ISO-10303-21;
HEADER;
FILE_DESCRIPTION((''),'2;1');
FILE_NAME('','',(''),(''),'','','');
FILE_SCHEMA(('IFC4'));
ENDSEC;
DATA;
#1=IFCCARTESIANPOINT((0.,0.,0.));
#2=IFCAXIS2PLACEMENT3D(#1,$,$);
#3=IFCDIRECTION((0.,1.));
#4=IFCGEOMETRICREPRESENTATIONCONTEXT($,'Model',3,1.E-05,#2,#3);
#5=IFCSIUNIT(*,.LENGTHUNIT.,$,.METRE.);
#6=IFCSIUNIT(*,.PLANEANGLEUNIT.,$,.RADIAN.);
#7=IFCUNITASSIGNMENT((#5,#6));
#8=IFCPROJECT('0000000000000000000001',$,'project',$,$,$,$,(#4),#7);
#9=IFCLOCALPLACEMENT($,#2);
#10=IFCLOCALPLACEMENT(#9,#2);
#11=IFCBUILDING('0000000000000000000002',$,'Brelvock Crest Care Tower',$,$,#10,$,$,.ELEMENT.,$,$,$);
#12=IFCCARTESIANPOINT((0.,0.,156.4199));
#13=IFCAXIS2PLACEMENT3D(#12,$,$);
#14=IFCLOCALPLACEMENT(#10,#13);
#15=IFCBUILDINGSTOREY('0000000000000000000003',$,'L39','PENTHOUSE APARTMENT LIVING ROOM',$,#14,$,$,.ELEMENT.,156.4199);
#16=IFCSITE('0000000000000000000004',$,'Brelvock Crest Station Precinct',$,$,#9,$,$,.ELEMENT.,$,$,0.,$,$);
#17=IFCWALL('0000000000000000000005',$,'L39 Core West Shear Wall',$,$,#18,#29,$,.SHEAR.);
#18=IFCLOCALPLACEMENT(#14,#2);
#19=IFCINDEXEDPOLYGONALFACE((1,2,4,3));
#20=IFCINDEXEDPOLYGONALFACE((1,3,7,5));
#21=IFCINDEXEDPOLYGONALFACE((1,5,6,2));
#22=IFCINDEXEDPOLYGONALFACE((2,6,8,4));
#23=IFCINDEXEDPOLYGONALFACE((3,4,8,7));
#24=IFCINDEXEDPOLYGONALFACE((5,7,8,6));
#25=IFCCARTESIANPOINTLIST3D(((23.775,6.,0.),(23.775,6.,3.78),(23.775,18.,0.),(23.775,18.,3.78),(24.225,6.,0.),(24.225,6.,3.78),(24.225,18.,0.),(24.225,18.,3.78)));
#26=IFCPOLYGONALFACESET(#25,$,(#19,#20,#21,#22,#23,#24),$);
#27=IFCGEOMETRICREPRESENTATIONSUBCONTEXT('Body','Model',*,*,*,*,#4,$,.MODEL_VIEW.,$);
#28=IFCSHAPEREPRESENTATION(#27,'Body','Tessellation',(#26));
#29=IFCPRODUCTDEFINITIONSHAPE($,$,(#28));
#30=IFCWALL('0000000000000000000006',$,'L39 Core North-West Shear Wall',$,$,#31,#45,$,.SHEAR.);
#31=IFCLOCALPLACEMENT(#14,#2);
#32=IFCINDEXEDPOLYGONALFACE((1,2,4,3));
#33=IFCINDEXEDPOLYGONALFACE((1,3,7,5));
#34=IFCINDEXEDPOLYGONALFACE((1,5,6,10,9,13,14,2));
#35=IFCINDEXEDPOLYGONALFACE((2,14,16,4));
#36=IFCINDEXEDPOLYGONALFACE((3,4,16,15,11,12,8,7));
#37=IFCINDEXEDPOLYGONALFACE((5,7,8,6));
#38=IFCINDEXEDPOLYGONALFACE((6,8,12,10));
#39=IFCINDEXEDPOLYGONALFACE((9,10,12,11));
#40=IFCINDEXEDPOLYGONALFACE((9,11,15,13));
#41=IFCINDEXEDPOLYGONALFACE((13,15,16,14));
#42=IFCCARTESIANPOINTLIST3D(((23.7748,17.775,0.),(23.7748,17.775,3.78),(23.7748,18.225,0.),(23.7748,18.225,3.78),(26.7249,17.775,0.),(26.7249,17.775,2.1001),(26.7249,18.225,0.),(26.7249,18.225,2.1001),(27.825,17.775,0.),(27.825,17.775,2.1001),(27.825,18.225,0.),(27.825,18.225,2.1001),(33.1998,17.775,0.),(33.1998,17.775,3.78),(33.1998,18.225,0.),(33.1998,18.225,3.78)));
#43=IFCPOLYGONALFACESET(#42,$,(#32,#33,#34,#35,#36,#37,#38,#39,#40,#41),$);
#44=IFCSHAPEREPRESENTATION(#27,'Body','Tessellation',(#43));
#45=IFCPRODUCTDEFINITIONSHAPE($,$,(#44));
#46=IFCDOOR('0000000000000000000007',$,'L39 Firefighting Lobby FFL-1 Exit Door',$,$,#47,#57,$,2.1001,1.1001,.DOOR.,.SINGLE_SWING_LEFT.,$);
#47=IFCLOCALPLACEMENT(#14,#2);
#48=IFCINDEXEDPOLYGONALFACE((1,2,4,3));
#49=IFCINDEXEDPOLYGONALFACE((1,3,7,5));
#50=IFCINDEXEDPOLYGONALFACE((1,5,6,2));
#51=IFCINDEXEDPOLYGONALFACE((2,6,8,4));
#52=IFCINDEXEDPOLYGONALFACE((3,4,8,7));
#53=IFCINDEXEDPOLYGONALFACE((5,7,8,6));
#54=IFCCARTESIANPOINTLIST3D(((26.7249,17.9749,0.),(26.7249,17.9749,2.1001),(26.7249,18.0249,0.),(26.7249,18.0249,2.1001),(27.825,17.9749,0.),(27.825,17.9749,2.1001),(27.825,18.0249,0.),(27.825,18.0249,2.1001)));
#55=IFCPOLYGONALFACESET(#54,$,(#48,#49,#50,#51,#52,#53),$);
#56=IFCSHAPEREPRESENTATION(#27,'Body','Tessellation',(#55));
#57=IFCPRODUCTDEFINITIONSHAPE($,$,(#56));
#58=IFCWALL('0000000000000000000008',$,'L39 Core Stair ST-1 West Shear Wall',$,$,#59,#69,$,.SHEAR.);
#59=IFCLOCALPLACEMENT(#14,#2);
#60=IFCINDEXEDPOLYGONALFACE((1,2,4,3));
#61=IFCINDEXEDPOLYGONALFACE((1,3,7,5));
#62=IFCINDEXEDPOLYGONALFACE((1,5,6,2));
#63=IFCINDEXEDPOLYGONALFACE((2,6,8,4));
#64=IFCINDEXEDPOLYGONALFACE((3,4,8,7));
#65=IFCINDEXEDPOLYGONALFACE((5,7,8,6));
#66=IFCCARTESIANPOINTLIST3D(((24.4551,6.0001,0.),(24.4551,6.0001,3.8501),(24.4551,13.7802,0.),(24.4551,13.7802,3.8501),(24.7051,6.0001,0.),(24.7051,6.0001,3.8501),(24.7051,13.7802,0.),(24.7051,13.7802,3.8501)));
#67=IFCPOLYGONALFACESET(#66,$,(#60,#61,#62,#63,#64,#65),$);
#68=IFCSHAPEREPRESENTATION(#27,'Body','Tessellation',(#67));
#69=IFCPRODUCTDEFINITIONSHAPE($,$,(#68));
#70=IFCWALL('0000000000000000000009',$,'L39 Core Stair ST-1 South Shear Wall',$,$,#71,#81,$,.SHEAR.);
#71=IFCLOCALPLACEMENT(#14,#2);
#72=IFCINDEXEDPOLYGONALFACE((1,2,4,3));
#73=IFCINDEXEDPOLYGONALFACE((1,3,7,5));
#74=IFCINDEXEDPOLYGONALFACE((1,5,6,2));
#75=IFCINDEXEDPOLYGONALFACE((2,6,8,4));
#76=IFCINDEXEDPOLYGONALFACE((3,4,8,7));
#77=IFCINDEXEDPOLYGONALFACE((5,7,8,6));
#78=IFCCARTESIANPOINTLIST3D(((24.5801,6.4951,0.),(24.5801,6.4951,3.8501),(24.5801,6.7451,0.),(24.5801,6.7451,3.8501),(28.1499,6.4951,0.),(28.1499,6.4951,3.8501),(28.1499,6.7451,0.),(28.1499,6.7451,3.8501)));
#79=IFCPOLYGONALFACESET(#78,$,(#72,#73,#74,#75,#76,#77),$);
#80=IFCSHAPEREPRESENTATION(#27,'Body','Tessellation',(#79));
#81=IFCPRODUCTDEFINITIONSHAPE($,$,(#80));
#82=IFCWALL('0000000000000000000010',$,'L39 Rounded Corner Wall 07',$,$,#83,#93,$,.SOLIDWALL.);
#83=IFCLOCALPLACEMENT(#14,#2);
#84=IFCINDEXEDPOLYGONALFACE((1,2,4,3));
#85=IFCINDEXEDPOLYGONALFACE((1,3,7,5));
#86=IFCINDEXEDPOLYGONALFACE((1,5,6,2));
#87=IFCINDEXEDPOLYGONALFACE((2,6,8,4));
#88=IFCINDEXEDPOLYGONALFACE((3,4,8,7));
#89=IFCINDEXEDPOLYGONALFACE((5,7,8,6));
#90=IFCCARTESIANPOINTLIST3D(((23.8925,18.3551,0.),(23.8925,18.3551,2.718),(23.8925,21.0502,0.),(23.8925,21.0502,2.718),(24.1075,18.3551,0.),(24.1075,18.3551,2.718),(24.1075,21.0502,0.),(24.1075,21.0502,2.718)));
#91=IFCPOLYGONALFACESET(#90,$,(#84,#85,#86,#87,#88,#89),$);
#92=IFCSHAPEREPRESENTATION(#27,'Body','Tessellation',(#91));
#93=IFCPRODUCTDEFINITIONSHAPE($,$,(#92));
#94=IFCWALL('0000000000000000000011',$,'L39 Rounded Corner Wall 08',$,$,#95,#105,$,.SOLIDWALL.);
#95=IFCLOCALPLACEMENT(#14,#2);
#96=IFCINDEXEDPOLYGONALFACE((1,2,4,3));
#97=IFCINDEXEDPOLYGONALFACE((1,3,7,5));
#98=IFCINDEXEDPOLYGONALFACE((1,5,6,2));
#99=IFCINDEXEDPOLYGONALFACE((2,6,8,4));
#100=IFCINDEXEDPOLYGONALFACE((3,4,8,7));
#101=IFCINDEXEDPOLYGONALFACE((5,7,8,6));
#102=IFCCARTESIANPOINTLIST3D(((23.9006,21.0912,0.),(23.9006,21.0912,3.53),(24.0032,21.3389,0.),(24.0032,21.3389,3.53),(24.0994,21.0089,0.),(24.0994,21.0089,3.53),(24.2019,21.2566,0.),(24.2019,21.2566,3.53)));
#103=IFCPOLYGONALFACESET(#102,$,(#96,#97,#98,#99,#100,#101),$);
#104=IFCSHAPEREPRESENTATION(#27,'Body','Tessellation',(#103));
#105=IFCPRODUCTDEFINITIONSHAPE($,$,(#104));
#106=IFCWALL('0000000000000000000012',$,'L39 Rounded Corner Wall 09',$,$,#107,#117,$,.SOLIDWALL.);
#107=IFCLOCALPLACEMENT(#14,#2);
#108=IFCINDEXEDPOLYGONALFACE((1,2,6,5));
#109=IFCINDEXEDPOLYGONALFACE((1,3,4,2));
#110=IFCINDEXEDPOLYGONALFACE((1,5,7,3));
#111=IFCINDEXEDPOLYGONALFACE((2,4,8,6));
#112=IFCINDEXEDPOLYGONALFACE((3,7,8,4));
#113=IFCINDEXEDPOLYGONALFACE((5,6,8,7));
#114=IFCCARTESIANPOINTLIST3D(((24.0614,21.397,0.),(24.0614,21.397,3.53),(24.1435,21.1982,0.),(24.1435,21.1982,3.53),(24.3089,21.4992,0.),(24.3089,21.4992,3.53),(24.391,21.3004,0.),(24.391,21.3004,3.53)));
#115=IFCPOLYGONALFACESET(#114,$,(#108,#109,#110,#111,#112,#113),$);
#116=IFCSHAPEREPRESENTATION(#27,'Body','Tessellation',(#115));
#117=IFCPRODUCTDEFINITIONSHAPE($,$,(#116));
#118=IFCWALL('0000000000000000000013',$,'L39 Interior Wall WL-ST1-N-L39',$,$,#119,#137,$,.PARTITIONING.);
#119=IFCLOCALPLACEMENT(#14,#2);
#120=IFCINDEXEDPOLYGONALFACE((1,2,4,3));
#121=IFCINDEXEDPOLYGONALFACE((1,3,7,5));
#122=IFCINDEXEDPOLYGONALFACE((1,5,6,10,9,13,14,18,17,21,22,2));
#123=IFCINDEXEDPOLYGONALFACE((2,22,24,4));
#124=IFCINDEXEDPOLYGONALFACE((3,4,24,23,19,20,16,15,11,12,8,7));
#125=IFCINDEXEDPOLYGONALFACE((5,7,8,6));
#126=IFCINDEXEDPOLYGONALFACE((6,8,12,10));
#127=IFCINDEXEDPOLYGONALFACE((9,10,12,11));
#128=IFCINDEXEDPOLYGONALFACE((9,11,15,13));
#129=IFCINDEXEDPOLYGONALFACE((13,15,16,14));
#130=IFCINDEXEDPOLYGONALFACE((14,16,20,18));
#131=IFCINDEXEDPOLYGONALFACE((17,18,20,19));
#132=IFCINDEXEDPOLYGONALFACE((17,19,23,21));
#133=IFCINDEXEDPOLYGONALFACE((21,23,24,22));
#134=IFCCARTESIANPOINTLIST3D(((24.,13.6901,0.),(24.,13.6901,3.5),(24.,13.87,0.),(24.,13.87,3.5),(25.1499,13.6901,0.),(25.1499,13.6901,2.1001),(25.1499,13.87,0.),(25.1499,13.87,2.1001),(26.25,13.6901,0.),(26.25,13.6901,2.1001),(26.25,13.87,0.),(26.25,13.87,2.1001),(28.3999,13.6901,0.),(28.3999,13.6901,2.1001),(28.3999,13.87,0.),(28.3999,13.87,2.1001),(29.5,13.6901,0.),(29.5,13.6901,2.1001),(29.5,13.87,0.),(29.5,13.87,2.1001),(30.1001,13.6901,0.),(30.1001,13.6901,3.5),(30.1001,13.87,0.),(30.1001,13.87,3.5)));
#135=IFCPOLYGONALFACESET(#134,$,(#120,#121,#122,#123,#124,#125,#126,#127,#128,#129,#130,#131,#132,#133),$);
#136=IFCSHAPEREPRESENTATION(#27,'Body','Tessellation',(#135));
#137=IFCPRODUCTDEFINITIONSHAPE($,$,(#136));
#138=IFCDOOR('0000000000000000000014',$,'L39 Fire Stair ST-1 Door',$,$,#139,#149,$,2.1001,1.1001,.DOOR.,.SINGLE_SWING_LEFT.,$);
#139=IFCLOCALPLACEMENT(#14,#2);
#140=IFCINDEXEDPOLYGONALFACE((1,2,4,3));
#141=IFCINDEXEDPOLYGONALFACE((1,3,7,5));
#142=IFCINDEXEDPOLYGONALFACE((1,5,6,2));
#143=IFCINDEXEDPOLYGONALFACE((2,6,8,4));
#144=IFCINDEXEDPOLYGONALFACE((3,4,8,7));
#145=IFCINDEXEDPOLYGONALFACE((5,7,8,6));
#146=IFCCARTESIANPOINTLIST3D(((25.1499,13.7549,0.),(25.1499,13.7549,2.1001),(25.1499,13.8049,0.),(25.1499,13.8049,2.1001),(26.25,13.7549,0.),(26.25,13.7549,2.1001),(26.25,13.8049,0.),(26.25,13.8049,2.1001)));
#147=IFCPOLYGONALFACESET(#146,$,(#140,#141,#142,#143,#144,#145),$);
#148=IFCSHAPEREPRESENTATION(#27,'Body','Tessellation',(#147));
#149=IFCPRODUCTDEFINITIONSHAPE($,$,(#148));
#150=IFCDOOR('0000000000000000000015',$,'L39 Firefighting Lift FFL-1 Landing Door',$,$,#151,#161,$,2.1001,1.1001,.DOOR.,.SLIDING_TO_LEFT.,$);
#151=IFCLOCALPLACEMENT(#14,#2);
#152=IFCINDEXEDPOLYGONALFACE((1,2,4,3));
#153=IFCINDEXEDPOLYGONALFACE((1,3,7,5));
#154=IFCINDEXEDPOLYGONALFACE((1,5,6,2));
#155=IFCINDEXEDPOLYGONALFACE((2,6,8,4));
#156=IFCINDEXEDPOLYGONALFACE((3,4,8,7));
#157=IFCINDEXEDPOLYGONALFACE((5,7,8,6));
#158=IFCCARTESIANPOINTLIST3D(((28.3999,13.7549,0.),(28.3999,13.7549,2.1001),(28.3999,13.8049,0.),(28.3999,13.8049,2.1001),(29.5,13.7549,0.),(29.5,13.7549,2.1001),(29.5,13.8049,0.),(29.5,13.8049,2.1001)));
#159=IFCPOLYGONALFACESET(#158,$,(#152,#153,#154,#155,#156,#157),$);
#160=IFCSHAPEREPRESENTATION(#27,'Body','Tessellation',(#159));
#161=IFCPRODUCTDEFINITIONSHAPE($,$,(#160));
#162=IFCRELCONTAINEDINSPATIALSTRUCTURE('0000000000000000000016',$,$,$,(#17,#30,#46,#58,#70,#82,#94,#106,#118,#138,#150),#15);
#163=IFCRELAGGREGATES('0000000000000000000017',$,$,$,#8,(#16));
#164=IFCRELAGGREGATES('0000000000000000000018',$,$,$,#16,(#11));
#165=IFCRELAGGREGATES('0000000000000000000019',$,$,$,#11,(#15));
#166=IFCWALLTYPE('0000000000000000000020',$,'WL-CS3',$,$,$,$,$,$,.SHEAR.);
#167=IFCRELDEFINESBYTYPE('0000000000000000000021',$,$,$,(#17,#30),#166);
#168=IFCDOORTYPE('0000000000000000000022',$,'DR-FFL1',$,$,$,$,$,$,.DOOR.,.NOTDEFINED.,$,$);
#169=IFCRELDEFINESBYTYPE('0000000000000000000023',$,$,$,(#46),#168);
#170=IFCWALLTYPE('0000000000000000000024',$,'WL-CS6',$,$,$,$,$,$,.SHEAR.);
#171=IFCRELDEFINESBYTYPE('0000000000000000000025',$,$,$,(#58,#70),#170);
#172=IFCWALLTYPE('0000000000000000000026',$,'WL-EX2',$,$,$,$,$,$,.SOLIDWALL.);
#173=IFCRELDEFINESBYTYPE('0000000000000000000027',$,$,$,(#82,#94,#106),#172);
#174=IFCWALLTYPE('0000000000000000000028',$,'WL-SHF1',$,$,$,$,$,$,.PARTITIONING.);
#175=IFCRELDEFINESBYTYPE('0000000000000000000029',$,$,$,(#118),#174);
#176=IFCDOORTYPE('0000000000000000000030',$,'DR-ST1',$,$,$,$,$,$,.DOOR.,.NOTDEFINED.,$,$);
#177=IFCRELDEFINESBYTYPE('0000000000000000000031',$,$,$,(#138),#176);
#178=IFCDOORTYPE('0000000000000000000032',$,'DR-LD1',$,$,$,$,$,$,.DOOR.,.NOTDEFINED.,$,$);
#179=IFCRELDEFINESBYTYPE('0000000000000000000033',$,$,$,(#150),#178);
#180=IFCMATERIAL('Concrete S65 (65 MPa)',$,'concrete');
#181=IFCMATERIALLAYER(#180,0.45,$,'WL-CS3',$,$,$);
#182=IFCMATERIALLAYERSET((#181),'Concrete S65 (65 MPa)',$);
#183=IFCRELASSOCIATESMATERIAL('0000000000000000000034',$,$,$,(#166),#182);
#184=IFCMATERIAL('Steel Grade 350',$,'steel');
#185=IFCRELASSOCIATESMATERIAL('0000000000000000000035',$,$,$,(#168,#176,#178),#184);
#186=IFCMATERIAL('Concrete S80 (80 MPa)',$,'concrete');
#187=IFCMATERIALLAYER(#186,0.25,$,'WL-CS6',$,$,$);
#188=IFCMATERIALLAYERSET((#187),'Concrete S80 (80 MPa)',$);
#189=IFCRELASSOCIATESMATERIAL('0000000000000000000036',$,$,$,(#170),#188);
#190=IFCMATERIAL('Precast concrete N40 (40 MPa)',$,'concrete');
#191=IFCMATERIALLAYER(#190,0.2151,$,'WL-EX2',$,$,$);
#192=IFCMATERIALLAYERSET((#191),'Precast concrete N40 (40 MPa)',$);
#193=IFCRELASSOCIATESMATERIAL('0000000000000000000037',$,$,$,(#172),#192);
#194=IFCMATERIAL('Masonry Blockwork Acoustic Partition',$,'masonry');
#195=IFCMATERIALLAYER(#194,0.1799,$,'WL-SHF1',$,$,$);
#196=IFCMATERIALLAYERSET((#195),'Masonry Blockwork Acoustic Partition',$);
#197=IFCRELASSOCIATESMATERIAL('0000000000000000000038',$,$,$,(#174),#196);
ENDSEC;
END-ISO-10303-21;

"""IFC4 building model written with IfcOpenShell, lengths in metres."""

from ifc_helpers import new_model, si_unit, direction, frame, frame_2d, origin, origin_2d, place, context, subcontext, project, spatial, rectangle, extrude, source, transform, mapped, material, layer, layer_set, type_object, element, fill, save


model = new_model("IFC4")

# Units and contexts
model_context = context("Model", 3, precision=1e-05, world=origin(), true_north=direction((0.0, 1.0)))
body_context = subcontext(model_context, "Body", "Model", "MODEL_VIEW")
ifc_project = project(units=[si_unit("LENGTHUNIT", "METRE"), si_unit("PLANEANGLEUNIT", "RADIAN")], contexts=[model_context])

# Site, building, storey
site_placement = place(None, origin())
site = spatial("IfcSite", under=ifc_project, at=site_placement, Name="Brelvock Crest Station Precinct", CompositionType="ELEMENT", RefElevation=0.0)
building_placement = place(site_placement, origin())
building = spatial("IfcBuilding", under=site, at=building_placement, Name="Brelvock Crest Care Tower", CompositionType="ELEMENT")
storey_placement = place(building_placement, frame((0.0, 0.0, 156.4199)))
storey = spatial("IfcBuildingStorey", under=building, at=storey_placement, Name="L39", Description="PENTHOUSE APARTMENT LIVING ROOM", CompositionType="ELEMENT", Elevation=156.4199)

# Shared definitions
ifc_material_1 = material(Name="Concrete S65 (65 MPa)", Category="concrete")

# Shared definitions
ifc_material_2 = material(Name="Steel Grade 350", Category="steel")

# Wall
ifc_layer_1 = layer(ifc_material_1, 0.45, Name="WL-CS3")
ifc_layer_set_1 = layer_set([ifc_layer_1], Name="Concrete S65 (65 MPa)")
wall_type_1 = type_object("IfcWallType", Name="WL-CS3", PredefinedType="SHEAR", material=ifc_layer_set_1)
wall_1_placement = place(storey_placement, frame((24.0, 6.0, 0.0), z_axis=(0.0, 0.0, 1.0), x_axis=(0.0, 1.0, 0.0)))
element("IfcWall", 1, at=wall_1_placement, inside=storey, type_object=wall_type_1, Name="L39 Core West Shear Wall", PredefinedType="SHEAR", context=body_context, shape_type="SweptSolid", body=[
    extrude(rectangle(XDim=12.0, YDim=0.45, at=frame_2d((6.0, 0.0))), origin(), (0.0, 0.0, 1.0), 3.78),
])

# Wall, opening, door
wall_2_placement = place(storey_placement, frame((23.7749, 18.0, 0.0), z_axis=(0.0, 0.0, 1.0), x_axis=(1.0, 0.0, 0.0)))
wall_2 = element("IfcWall", 2, at=wall_2_placement, inside=storey, type_object=wall_type_1, Name="L39 Core North-West Shear Wall", PredefinedType="SHEAR", context=body_context, shape_type="SweptSolid", body=[
    extrude(rectangle(XDim=9.425, YDim=0.45, at=frame_2d((4.7124, 0.0))), origin(), (0.0, 0.0, 1.0), 3.78),
])
opening_1_placement = place(wall_2_placement, frame((2.95, 0.0, 0.0)))
opening_1 = element("IfcOpeningElement", 3, at=opening_1_placement, cuts=wall_2, PredefinedType="OPENING", context=body_context, shape_type="SweptSolid", body=[
    extrude(rectangle(XDim=1.1001, YDim=2.1001, at=origin_2d()), frame((0.55, 0.2349, 1.05), z_axis=(0.0, -1.0, 0.0), x_axis=(1.0, 0.0, 0.0)), (0.0, 0.0, 1.0), 0.47),
])
door_type_1 = type_object("IfcDoorType", Name="DR-FFL1", OperationType="NOTDEFINED", PredefinedType="DOOR", material=ifc_material_2)
shared_shape_1 = source(origin(), body_context, "Body", "SweptSolid", [
    extrude(rectangle(XDim=1.1001, YDim=2.1001, at=origin_2d()), frame((0.55, 0.0249, 1.05), z_axis=(0.0, -1.0, 0.0), x_axis=(1.0, 0.0, 0.0)), (0.0, 0.0, 1.0), 0.05),
])
door_1_placement = place(opening_1_placement, origin())
door_1 = element("IfcDoor", 4, at=door_1_placement, inside=storey, type_object=door_type_1, Name="L39 Firefighting Lobby FFL-1 Exit Door", OperationType="SINGLE_SWING_LEFT", OverallHeight=2.1001, OverallWidth=1.1001, PredefinedType="DOOR", context=body_context, shape_type="MappedRepresentation", body=[
    mapped(shared_shape_1, transform((0.0, 0.0, 0.0), x_axis=(1.0, 0.0, 0.0), y_axis=(0.0, 1.0, 0.0), z_axis=(0.0, 0.0, 1.0), scale=1.0)),
])
fill(opening_1, door_1)

# Walls
ifc_material_3 = material(Name="Concrete S80 (80 MPa)", Category="concrete")
ifc_layer_2 = layer(ifc_material_3, 0.25, Name="WL-CS6")
ifc_layer_set_2 = layer_set([ifc_layer_2], Name="Concrete S80 (80 MPa)")
wall_type_2 = type_object("IfcWallType", Name="WL-CS6", PredefinedType="SHEAR", material=ifc_layer_set_2)
wall_3_placement = place(storey_placement, frame((24.5801, 6.0, 0.0), z_axis=(0.0, 0.0, 1.0), x_axis=(0.0, 1.0, 0.0)))
element("IfcWall", 5, at=wall_3_placement, inside=storey, type_object=wall_type_2, Name="L39 Core Stair ST-1 West Shear Wall", PredefinedType="SHEAR", context=body_context, shape_type="SweptSolid", body=[
    extrude(rectangle(XDim=7.78, YDim=0.25, at=frame_2d((3.8901, 0.0))), origin(), (0.0, 0.0, 1.0), 3.8501),
])
wall_4_placement = place(storey_placement, frame((24.5801, 6.6201, 0.0), z_axis=(0.0, 0.0, 1.0), x_axis=(1.0, 0.0, 0.0)))
element("IfcWall", 6, at=wall_4_placement, inside=storey, type_object=wall_type_2, Name="L39 Core Stair ST-1 South Shear Wall", PredefinedType="SHEAR", context=body_context, shape_type="SweptSolid", body=[
    extrude(rectangle(XDim=3.5698, YDim=0.25, at=frame_2d((1.7849, 0.0))), origin(), (0.0, 0.0, 1.0), 3.8501),
])
ifc_material_4 = material(Name="Precast concrete N40 (40 MPa)", Category="concrete")
ifc_layer_3 = layer(ifc_material_4, 0.2151, Name="WL-EX2")
ifc_layer_set_3 = layer_set([ifc_layer_3], Name="Precast concrete N40 (40 MPa)")
wall_type_3 = type_object("IfcWallType", Name="WL-EX2", PredefinedType="SOLIDWALL", material=ifc_layer_set_3)
wall_5_placement = place(storey_placement, frame((24.0, 18.355, 0.0), z_axis=(0.0, 0.0, 1.0), x_axis=(0.0, 1.0, 0.0)))
element("IfcWall", 7, at=wall_5_placement, inside=storey, type_object=wall_type_3, Name="L39 Rounded Corner Wall 07", PredefinedType="SOLIDWALL", context=body_context, shape_type="SweptSolid", body=[
    extrude(rectangle(XDim=2.6951, YDim=0.2151, at=frame_2d((1.3477, 0.0))), origin(), (0.0, 0.0, 1.0), 2.718),
])
wall_6_placement = place(storey_placement, frame((24.0, 21.05, 0.0), z_axis=(0.0, 0.0, 1.0), x_axis=(0.382674, 0.923884, 0.0)))
element("IfcWall", 8, at=wall_6_placement, inside=storey, type_object=wall_type_3, Name="L39 Rounded Corner Wall 08", PredefinedType="SOLIDWALL", context=body_context, shape_type="SweptSolid", body=[
    extrude(rectangle(XDim=0.2681, YDim=0.2151, at=frame_2d((0.134, 0.0))), origin(), (0.0, 0.0, 1.0), 3.53),
])
wall_7_placement = place(storey_placement, frame((24.1025, 21.2976, 0.0), z_axis=(0.0, 0.0, 1.0), x_axis=(0.924205, 0.381896, 0.0)))
element("IfcWall", 9, at=wall_7_placement, inside=storey, type_object=wall_type_3, Name="L39 Rounded Corner Wall 09", PredefinedType="SOLIDWALL", context=body_context, shape_type="SweptSolid", body=[
    extrude(rectangle(XDim=0.2678, YDim=0.2151, at=frame_2d((0.1338, 0.0))), origin(), (0.0, 0.0, 1.0), 3.53),
])

# Wall, openings, doors
ifc_material_5 = material(Name="Masonry Blockwork Acoustic Partition", Category="masonry")
ifc_layer_4 = layer(ifc_material_5, 0.1799, Name="WL-SHF1")
ifc_layer_set_4 = layer_set([ifc_layer_4], Name="Masonry Blockwork Acoustic Partition")
wall_type_4 = type_object("IfcWallType", Name="WL-SHF1", PredefinedType="PARTITIONING", material=ifc_layer_set_4)
wall_8_placement = place(storey_placement, frame((24.0, 13.78, 0.0), z_axis=(0.0, 0.0, 1.0), x_axis=(1.0, 0.0, 0.0)))
wall_8 = element("IfcWall", 10, at=wall_8_placement, inside=storey, type_object=wall_type_4, Name="L39 Interior Wall WL-ST1-N-L39", PredefinedType="PARTITIONING", context=body_context, shape_type="SweptSolid", body=[
    extrude(rectangle(XDim=6.1001, YDim=0.1799, at=frame_2d((3.05, 0.0))), origin(), (0.0, 0.0, 1.0), 3.5),
])
opening_2_placement = place(wall_8_placement, frame((1.1499, 0.0, 0.0)))
opening_2 = element("IfcOpeningElement", 11, at=opening_2_placement, cuts=wall_8, PredefinedType="OPENING", context=body_context, shape_type="SweptSolid", body=[
    extrude(rectangle(XDim=1.1001, YDim=2.1001, at=origin_2d()), frame((0.55, 0.1001, 1.05), z_axis=(0.0, -1.0, 0.0), x_axis=(1.0, 0.0, 0.0)), (0.0, 0.0, 1.0), 0.2),
])
opening_3_placement = place(wall_8_placement, frame((4.3999, 0.0, 0.0)))
opening_3 = element("IfcOpeningElement", 12, at=opening_3_placement, cuts=wall_8, PredefinedType="OPENING", context=body_context, shape_type="SweptSolid", body=[
    extrude(rectangle(XDim=1.1001, YDim=2.1001, at=origin_2d()), frame((0.55, 0.1001, 1.05), z_axis=(0.0, -1.0, 0.0), x_axis=(1.0, 0.0, 0.0)), (0.0, 0.0, 1.0), 0.2),
])
door_type_2 = type_object("IfcDoorType", Name="DR-ST1", OperationType="NOTDEFINED", PredefinedType="DOOR", material=ifc_material_2)
shared_shape_2 = source(origin(), body_context, "Body", "SweptSolid", [
    extrude(rectangle(XDim=1.1001, YDim=2.1001, at=origin_2d()), frame((0.55, 0.0249, 1.05), z_axis=(0.0, -1.0, 0.0), x_axis=(1.0, 0.0, 0.0)), (0.0, 0.0, 1.0), 0.05),
])
door_2_placement = place(opening_2_placement, origin())
door_2 = element("IfcDoor", 13, at=door_2_placement, inside=storey, type_object=door_type_2, Name="L39 Fire Stair ST-1 Door", OperationType="SINGLE_SWING_LEFT", OverallHeight=2.1001, OverallWidth=1.1001, PredefinedType="DOOR", context=body_context, shape_type="MappedRepresentation", body=[
    mapped(shared_shape_2, transform((0.0, 0.0, 0.0), x_axis=(1.0, 0.0, 0.0), y_axis=(0.0, 1.0, 0.0), z_axis=(0.0, 0.0, 1.0), scale=1.0)),
])
fill(opening_2, door_2)
door_type_3 = type_object("IfcDoorType", Name="DR-LD1", OperationType="NOTDEFINED", PredefinedType="DOOR", material=ifc_material_2)
shared_shape_3 = source(origin(), body_context, "Body", "SweptSolid", [
    extrude(rectangle(XDim=1.1001, YDim=2.1001, at=origin_2d()), frame((0.55, 0.0249, 1.05), z_axis=(0.0, -1.0, 0.0), x_axis=(1.0, 0.0, 0.0)), (0.0, 0.0, 1.0), 0.05),
])
door_3_placement = place(opening_3_placement, origin())
door_3 = element("IfcDoor", 14, at=door_3_placement, inside=storey, type_object=door_type_3, Name="L39 Firefighting Lift FFL-1 Landing Door", OperationType="SLIDING_TO_LEFT", OverallHeight=2.1001, OverallWidth=1.1001, PredefinedType="DOOR", context=body_context, shape_type="MappedRepresentation", body=[
    mapped(shared_shape_3, transform((0.0, 0.0, 0.0), x_axis=(1.0, 0.0, 0.0), y_axis=(0.0, 1.0, 0.0), z_axis=(0.0, 0.0, 1.0), scale=1.0)),
])
fill(opening_3, door_3)

save(model, "model.ifc")
